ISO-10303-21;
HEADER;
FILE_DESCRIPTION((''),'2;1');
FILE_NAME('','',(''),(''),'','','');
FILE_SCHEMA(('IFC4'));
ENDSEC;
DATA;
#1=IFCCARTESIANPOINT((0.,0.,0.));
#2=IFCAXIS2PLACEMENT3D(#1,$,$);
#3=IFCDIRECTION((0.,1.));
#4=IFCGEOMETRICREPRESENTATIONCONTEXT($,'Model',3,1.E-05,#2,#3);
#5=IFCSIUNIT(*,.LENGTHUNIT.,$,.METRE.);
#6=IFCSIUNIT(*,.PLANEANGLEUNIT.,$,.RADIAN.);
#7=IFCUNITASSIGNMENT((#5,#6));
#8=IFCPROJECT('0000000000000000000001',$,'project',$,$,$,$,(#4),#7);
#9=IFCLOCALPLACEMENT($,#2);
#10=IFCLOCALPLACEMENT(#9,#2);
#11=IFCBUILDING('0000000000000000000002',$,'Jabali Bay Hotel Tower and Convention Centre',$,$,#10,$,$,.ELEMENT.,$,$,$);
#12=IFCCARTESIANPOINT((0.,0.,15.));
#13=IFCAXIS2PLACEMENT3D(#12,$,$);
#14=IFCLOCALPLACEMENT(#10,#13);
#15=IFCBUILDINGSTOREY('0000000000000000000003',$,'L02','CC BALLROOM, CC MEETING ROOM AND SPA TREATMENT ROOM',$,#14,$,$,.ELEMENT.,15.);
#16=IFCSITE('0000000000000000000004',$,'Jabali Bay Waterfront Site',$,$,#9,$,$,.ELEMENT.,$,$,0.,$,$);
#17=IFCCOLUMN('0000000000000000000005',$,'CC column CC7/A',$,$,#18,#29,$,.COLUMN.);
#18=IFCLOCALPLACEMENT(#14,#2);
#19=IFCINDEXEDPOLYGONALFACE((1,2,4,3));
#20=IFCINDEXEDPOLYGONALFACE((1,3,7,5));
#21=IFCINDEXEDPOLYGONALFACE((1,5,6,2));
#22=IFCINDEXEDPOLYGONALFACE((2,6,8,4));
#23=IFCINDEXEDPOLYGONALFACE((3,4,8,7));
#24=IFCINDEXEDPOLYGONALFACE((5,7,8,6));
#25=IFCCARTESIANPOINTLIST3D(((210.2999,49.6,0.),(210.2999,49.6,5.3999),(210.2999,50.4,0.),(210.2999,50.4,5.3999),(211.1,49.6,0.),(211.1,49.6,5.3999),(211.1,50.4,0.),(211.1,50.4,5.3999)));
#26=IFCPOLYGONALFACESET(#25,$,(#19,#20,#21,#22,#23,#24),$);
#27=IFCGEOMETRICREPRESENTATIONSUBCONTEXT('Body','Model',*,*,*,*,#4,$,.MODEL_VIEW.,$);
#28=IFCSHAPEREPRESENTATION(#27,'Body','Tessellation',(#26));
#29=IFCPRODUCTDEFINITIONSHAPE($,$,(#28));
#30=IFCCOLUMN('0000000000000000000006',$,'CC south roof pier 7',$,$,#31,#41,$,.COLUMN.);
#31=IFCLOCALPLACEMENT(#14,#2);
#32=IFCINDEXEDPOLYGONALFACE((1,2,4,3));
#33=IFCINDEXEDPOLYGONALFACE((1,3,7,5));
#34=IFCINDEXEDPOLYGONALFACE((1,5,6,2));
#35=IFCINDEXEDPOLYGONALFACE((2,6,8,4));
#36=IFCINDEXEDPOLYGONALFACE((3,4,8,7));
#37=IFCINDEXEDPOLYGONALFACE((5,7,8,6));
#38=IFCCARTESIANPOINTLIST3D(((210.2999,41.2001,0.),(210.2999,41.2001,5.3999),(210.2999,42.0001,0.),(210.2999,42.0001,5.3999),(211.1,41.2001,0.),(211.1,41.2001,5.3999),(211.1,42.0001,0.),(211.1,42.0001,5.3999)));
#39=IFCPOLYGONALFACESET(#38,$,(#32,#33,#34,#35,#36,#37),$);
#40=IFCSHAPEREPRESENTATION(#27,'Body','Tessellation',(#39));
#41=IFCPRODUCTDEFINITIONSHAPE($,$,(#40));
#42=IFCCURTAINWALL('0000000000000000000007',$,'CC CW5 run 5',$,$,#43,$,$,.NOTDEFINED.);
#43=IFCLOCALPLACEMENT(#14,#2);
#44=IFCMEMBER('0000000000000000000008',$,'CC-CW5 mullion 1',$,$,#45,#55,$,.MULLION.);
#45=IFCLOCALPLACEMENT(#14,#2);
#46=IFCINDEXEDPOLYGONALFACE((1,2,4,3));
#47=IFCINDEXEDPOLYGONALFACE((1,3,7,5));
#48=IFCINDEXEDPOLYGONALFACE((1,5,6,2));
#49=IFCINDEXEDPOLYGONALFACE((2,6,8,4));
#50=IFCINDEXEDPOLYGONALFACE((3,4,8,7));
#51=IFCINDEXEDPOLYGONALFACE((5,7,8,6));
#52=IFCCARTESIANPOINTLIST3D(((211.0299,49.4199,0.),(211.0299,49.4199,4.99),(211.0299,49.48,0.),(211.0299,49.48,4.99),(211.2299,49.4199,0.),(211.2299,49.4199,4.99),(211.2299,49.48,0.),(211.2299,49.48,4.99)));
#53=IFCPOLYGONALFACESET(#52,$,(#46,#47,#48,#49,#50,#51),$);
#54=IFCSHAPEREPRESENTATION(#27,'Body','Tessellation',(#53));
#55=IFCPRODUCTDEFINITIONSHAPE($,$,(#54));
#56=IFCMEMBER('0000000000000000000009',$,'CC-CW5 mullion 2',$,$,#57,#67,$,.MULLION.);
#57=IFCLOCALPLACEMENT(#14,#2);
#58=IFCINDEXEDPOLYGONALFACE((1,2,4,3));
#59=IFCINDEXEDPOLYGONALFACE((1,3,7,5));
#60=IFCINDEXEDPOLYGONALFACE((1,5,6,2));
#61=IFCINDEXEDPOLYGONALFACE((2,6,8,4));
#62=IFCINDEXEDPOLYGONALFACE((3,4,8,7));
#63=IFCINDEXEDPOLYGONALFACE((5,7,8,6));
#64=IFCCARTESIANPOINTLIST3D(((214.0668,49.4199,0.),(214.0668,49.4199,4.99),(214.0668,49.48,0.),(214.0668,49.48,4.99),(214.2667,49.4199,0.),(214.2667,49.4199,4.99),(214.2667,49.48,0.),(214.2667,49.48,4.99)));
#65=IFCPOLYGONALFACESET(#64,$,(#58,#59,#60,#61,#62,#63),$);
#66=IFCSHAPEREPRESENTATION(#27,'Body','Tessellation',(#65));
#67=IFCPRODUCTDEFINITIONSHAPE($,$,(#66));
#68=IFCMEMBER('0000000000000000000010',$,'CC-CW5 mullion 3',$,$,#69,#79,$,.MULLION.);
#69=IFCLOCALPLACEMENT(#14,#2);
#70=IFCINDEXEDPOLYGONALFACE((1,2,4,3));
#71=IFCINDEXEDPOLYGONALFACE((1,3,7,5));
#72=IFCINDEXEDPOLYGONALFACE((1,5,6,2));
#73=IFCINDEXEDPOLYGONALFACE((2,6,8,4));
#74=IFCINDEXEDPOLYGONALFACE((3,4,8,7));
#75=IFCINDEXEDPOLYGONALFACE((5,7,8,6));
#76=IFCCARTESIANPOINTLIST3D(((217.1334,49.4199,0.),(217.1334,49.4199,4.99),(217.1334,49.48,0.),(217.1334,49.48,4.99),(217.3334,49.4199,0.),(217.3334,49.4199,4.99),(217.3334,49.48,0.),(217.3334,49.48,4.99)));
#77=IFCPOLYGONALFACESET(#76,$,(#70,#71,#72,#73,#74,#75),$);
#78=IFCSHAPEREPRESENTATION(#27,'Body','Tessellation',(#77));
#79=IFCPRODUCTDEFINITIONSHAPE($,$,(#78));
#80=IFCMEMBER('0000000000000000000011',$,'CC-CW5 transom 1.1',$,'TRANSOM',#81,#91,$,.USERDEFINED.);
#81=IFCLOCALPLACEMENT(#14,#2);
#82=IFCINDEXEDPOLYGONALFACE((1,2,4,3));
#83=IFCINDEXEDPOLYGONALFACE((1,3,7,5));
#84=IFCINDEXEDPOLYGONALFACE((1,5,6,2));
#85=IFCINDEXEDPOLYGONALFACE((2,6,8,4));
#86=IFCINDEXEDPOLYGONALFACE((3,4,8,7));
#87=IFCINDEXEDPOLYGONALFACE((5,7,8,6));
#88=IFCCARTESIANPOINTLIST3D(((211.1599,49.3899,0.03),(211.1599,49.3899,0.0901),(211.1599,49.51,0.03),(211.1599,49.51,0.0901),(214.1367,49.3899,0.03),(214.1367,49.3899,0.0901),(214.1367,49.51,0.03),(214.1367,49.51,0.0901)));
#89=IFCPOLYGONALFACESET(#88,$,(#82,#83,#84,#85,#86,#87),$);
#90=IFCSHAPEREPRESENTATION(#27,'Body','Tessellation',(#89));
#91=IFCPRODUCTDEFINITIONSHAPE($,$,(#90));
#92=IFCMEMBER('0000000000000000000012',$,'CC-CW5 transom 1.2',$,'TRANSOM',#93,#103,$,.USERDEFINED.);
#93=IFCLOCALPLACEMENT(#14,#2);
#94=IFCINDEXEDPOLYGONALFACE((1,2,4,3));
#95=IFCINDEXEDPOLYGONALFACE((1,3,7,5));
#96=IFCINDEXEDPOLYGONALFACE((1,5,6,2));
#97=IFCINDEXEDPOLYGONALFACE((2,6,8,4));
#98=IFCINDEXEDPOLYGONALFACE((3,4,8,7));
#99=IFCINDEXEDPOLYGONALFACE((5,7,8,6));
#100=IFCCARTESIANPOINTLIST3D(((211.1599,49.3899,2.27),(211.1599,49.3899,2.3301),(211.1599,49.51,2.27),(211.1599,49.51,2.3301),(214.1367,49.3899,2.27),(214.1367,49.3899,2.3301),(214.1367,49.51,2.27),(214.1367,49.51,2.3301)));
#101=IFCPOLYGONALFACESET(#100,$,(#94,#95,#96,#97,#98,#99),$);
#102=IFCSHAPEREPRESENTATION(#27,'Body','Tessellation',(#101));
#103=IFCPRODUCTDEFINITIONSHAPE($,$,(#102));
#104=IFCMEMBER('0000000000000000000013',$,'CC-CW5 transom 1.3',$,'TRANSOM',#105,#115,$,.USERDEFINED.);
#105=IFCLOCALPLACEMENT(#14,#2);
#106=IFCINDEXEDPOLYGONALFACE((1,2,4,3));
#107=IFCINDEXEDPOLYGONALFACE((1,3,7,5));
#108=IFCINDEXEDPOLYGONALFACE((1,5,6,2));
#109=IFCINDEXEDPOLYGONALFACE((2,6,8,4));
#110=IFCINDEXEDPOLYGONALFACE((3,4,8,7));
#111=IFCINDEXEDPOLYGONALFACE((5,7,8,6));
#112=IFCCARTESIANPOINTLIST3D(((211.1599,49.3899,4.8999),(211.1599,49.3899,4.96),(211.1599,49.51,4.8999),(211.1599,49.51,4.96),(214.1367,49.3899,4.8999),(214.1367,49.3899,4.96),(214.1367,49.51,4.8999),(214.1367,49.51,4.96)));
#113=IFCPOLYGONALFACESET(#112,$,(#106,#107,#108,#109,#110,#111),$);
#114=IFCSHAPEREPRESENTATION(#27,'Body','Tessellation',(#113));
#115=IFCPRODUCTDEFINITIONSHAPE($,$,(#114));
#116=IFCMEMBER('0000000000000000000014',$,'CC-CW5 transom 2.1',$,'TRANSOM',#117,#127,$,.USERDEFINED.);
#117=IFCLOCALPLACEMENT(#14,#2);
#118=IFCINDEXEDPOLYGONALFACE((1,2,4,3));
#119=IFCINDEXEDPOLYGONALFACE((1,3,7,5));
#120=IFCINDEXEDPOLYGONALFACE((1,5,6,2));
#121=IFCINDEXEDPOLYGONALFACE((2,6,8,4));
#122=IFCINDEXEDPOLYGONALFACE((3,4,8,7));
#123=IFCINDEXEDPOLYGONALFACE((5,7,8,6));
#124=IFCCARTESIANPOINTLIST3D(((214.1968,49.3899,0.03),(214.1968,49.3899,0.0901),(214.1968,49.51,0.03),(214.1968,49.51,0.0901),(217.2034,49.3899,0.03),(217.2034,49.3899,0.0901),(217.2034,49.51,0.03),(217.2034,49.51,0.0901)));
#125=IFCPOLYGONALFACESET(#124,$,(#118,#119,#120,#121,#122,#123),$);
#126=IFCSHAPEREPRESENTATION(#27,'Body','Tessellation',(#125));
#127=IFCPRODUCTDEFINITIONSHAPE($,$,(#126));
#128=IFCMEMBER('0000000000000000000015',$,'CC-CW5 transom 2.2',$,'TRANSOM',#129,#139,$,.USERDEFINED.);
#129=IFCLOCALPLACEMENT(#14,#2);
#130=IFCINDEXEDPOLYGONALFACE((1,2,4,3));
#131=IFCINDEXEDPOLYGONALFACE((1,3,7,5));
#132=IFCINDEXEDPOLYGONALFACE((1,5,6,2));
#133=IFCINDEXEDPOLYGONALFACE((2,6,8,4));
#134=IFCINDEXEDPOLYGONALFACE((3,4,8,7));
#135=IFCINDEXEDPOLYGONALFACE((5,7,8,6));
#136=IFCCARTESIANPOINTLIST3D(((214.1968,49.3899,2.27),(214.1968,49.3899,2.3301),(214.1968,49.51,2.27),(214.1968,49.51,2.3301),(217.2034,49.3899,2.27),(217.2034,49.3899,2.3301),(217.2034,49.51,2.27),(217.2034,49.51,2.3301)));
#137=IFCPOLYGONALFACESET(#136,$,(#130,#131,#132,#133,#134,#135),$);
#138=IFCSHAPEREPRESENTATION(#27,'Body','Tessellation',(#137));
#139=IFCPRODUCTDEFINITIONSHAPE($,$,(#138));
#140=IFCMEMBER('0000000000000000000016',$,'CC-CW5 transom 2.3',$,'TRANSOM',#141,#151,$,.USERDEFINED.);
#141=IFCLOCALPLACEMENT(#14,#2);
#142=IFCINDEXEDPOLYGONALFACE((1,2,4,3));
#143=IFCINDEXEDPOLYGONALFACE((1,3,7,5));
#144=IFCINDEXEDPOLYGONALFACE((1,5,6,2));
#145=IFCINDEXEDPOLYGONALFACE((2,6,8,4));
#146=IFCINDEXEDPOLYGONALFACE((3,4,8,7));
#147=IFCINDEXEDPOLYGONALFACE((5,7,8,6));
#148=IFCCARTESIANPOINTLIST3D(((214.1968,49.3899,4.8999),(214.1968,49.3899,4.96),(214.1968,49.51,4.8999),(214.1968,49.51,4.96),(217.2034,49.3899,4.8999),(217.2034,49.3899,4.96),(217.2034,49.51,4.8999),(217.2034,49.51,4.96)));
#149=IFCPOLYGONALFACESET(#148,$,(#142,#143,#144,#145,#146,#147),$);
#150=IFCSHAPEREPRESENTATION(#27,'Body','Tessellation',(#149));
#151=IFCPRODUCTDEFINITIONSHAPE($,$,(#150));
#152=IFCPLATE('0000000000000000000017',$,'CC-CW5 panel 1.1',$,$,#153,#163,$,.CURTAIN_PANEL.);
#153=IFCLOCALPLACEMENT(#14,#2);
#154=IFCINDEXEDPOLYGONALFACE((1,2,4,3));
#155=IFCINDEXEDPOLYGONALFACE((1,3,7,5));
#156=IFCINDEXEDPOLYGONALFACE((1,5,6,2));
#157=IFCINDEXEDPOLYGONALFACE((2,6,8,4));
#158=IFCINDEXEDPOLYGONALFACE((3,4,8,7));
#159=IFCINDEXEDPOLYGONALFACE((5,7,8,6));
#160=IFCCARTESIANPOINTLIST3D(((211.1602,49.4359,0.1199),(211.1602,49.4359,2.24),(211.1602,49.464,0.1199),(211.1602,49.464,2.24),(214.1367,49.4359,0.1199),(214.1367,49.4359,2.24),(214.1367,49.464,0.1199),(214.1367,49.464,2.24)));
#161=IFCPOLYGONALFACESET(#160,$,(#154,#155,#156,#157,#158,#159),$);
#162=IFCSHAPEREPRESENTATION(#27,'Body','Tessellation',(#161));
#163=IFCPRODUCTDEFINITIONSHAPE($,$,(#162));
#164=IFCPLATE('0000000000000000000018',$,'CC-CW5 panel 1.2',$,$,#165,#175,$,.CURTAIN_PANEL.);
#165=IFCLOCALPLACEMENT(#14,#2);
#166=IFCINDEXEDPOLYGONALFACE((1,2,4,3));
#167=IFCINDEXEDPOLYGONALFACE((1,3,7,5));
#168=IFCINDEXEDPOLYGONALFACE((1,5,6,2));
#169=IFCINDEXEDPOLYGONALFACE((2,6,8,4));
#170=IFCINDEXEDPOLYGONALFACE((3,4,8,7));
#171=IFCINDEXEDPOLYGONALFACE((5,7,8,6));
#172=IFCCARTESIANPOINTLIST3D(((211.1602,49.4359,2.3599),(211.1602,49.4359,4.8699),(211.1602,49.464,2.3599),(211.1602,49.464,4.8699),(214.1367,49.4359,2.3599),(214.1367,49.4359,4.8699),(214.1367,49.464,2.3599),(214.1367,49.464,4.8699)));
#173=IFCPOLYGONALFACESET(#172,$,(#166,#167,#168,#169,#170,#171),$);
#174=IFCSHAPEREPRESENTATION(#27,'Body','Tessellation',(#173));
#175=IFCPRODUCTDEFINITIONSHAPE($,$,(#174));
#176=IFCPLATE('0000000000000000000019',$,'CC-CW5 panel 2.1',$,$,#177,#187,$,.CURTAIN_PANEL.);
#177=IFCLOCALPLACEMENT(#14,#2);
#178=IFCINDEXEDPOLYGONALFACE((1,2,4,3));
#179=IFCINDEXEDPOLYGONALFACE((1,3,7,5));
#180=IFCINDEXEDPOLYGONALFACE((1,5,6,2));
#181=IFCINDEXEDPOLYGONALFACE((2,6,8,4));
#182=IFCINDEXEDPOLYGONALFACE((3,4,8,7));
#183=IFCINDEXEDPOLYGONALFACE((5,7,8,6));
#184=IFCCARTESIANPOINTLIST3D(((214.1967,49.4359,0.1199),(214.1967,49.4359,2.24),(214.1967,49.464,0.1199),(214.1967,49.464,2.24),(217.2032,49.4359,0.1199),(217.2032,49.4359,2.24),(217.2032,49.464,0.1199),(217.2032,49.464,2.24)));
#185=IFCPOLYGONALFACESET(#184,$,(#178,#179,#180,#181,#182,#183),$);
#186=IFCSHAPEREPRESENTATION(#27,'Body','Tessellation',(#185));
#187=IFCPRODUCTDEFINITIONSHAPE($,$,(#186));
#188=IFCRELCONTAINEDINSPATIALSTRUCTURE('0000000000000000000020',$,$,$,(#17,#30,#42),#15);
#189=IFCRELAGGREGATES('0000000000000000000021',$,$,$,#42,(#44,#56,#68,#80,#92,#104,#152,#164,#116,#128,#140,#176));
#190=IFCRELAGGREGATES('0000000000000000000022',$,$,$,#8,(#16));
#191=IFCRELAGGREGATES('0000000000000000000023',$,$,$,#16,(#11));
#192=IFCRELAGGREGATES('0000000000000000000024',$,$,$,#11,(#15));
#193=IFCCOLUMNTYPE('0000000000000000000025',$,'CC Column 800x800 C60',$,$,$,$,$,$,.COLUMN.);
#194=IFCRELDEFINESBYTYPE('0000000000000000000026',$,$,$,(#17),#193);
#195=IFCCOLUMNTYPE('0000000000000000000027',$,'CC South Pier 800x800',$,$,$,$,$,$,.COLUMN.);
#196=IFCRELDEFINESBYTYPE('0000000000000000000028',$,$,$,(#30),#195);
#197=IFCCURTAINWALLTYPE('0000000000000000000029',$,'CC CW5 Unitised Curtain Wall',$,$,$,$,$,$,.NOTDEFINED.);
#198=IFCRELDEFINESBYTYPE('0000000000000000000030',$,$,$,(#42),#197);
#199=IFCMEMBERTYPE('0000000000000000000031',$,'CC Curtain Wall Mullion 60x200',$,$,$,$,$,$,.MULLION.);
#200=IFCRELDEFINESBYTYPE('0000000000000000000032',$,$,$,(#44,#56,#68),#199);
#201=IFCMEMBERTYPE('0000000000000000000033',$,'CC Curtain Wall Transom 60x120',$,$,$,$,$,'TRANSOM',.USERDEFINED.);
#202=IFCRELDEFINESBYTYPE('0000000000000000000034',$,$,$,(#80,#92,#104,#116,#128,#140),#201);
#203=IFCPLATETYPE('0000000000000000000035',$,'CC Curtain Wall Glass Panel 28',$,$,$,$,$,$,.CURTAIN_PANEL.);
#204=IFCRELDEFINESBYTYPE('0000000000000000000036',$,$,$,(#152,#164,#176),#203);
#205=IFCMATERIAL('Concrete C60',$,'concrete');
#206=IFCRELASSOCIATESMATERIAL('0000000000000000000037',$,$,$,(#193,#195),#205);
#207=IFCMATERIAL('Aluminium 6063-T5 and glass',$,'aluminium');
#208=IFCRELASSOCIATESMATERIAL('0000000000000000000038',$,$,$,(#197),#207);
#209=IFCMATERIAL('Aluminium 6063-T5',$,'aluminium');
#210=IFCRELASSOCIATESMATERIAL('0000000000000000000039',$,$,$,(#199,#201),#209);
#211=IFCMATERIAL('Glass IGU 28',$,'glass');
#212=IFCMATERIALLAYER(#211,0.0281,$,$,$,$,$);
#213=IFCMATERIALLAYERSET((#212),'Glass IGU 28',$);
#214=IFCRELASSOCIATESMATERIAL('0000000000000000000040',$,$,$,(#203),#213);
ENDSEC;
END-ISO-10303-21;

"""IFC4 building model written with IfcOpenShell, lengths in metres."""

from ifc_helpers import new_model, si_unit, direction, frame, origin, origin_2d, place, context, subcontext, project, spatial, rectangle, extrude, material, layer, layer_set, material_profile, profile_set, type_object, element, aggregate, save


model = new_model("IFC4")

# Units and contexts
model_context = context("Model", 3, precision=1e-05, world=origin(), true_north=direction((0.0, 1.0)))
body_context = subcontext(model_context, "Body", "Model", "MODEL_VIEW")
ifc_project = project(units=[si_unit("LENGTHUNIT", "METRE"), si_unit("PLANEANGLEUNIT", "RADIAN")], contexts=[model_context])

# Site, building, storey
site_placement = place(None, origin())
site = spatial("IfcSite", under=ifc_project, at=site_placement, Name="Jabali Bay Waterfront Site", CompositionType="ELEMENT", RefElevation=0.0)
building_placement = place(site_placement, origin())
building = spatial("IfcBuilding", under=site, at=building_placement, Name="Jabali Bay Hotel Tower and Convention Centre", CompositionType="ELEMENT")
storey_placement = place(building_placement, frame((0.0, 0.0, 15.0)))
storey = spatial("IfcBuildingStorey", under=building, at=storey_placement, Name="L02", Description="CC BALLROOM, CC MEETING ROOM AND SPA TREATMENT ROOM", CompositionType="ELEMENT", Elevation=15.0)

# Columns
ifc_material_1 = material(Name="Concrete C60", Category="concrete")
ifc_material_profile_1 = material_profile(ifc_material_1, rectangle(XDim=0.8, YDim=0.8, at=origin_2d()), Name="RC 800x800")
ifc_profile_set_1 = profile_set([ifc_material_profile_1], Name="Concrete C60")
column_type_1 = type_object("IfcColumnType", Name="CC Column 800x800 C60", PredefinedType="COLUMN", material=ifc_profile_set_1)
column_1_placement = place(storey_placement, frame((210.7, 50.0, 0.0), z_axis=(0.0, 0.0, 1.0), x_axis=(1.0, 0.0, 0.0)))
element("IfcColumn", 1, at=column_1_placement, inside=storey, type_object=column_type_1, Name="CC column CC7/A", PredefinedType="COLUMN", context=body_context, shape_type="SweptSolid", body=[
    extrude(rectangle(XDim=0.8, YDim=0.8, at=origin_2d()), origin(), (0.0, 0.0, 1.0), 5.3999),
])
ifc_material_profile_2 = material_profile(ifc_material_1, rectangle(XDim=0.8, YDim=0.8, at=origin_2d()), Name="RC 800x800")
ifc_profile_set_2 = profile_set([ifc_material_profile_2], Name="Concrete C60")
column_type_2 = type_object("IfcColumnType", Name="CC South Pier 800x800", PredefinedType="COLUMN", material=ifc_profile_set_2)
column_2_placement = place(storey_placement, frame((210.7, 41.6001, 0.0), z_axis=(0.0, 0.0, 1.0), x_axis=(1.0, 0.0, 0.0)))
element("IfcColumn", 2, at=column_2_placement, inside=storey, type_object=column_type_2, Name="CC south roof pier 7", PredefinedType="COLUMN", context=body_context, shape_type="SweptSolid", body=[
    extrude(rectangle(XDim=0.8, YDim=0.8, at=origin_2d()), origin(), (0.0, 0.0, 1.0), 5.3999),
])

# Curtain wall, members, plates
ifc_material_2 = material(Name="Aluminium 6063-T5 and glass", Category="aluminium")
curtain_wall_type = type_object("IfcCurtainWallType", Name="CC CW5 Unitised Curtain Wall", PredefinedType="NOTDEFINED", material=ifc_material_2)
curtain_wall_placement = place(storey_placement, origin())
curtain_wall = element("IfcCurtainWall", 3, at=curtain_wall_placement, inside=storey, type_object=curtain_wall_type, Name="CC CW5 run 5", PredefinedType="NOTDEFINED")
ifc_material_3 = material(Name="Aluminium 6063-T5", Category="aluminium")
ifc_material_profile_3 = material_profile(ifc_material_3, rectangle(XDim=0.0601, YDim=0.2, at=origin_2d()), Name="AL 60x200")
ifc_profile_set_3 = profile_set([ifc_material_profile_3], Name="Aluminium 6063-T5")
member_type_1 = type_object("IfcMemberType", Name="CC Curtain Wall Mullion 60x200", PredefinedType="MULLION", material=ifc_profile_set_3)
member_1_placement = place(storey_placement, frame((211.1299, 49.45, 0.0), z_axis=(0.0, 0.0, 1.0), x_axis=(0.0, 1.0, 0.0)))
member_1 = element("IfcMember", 4, at=member_1_placement, type_object=member_type_1, Name="CC-CW5 mullion 1", PredefinedType="MULLION", context=body_context, shape_type="SweptSolid", body=[
    extrude(rectangle(XDim=0.0601, YDim=0.2, at=origin_2d()), origin(), (0.0, 0.0, 1.0), 4.99),
])
member_2_placement = place(storey_placement, frame((214.1667, 49.45, 0.0), z_axis=(0.0, 0.0, 1.0), x_axis=(0.0, 1.0, 0.0)))
member_2 = element("IfcMember", 5, at=member_2_placement, type_object=member_type_1, Name="CC-CW5 mullion 2", PredefinedType="MULLION", context=body_context, shape_type="SweptSolid", body=[
    extrude(rectangle(XDim=0.0601, YDim=0.2, at=origin_2d()), origin(), (0.0, 0.0, 1.0), 4.99),
])
member_3_placement = place(storey_placement, frame((217.2334, 49.45, 0.0), z_axis=(0.0, 0.0, 1.0), x_axis=(0.0, 1.0, 0.0)))
member_3 = element("IfcMember", 6, at=member_3_placement, type_object=member_type_1, Name="CC-CW5 mullion 3", PredefinedType="MULLION", context=body_context, shape_type="SweptSolid", body=[
    extrude(rectangle(XDim=0.0601, YDim=0.2, at=origin_2d()), origin(), (0.0, 0.0, 1.0), 4.99),
])
ifc_material_profile_4 = material_profile(ifc_material_3, rectangle(XDim=0.1201, YDim=0.0601, at=origin_2d()), Name="AL 120x60")
ifc_profile_set_4 = profile_set([ifc_material_profile_4], Name="Aluminium 6063-T5")
member_type_2 = type_object("IfcMemberType", Name="CC Curtain Wall Transom 60x120", ElementType="TRANSOM", PredefinedType="USERDEFINED", material=ifc_profile_set_4)
member_4_placement = place(storey_placement, frame((211.1599, 49.45, 0.0601), z_axis=(1.0, 0.0, 0.0), x_axis=(0.0, 1.0, 0.0)))
member_4 = element("IfcMember", 7, at=member_4_placement, type_object=member_type_2, Name="CC-CW5 transom 1.1", ObjectType="TRANSOM", PredefinedType="USERDEFINED", context=body_context, shape_type="SweptSolid", body=[
    extrude(rectangle(XDim=0.1201, YDim=0.0601, at=origin_2d()), origin(), (0.0, 0.0, 1.0), 2.9768),
])
member_5_placement = place(storey_placement, frame((211.1599, 49.45, 2.3), z_axis=(1.0, 0.0, 0.0), x_axis=(0.0, 1.0, 0.0)))
member_5 = element("IfcMember", 8, at=member_5_placement, type_object=member_type_2, Name="CC-CW5 transom 1.2", ObjectType="TRANSOM", PredefinedType="USERDEFINED", context=body_context, shape_type="SweptSolid", body=[
    extrude(rectangle(XDim=0.1201, YDim=0.0601, at=origin_2d()), origin(), (0.0, 0.0, 1.0), 2.9768),
])
member_6_placement = place(storey_placement, frame((211.1599, 49.45, 4.9299), z_axis=(1.0, 0.0, 0.0), x_axis=(0.0, 1.0, 0.0)))
member_6 = element("IfcMember", 9, at=member_6_placement, type_object=member_type_2, Name="CC-CW5 transom 1.3", ObjectType="TRANSOM", PredefinedType="USERDEFINED", context=body_context, shape_type="SweptSolid", body=[
    extrude(rectangle(XDim=0.1201, YDim=0.0601, at=origin_2d()), origin(), (0.0, 0.0, 1.0), 2.9768),
])
member_7_placement = place(storey_placement, frame((214.1968, 49.45, 0.0601), z_axis=(1.0, 0.0, 0.0), x_axis=(0.0, 1.0, 0.0)))
member_7 = element("IfcMember", 10, at=member_7_placement, type_object=member_type_2, Name="CC-CW5 transom 2.1", ObjectType="TRANSOM", PredefinedType="USERDEFINED", context=body_context, shape_type="SweptSolid", body=[
    extrude(rectangle(XDim=0.1201, YDim=0.0601, at=origin_2d()), origin(), (0.0, 0.0, 1.0), 3.0066),
])
member_8_placement = place(storey_placement, frame((214.1968, 49.45, 2.3), z_axis=(1.0, 0.0, 0.0), x_axis=(0.0, 1.0, 0.0)))
member_8 = element("IfcMember", 11, at=member_8_placement, type_object=member_type_2, Name="CC-CW5 transom 2.2", ObjectType="TRANSOM", PredefinedType="USERDEFINED", context=body_context, shape_type="SweptSolid", body=[
    extrude(rectangle(XDim=0.1201, YDim=0.0601, at=origin_2d()), origin(), (0.0, 0.0, 1.0), 3.0066),
])
member_9_placement = place(storey_placement, frame((214.1968, 49.45, 4.9299), z_axis=(1.0, 0.0, 0.0), x_axis=(0.0, 1.0, 0.0)))
member_9 = element("IfcMember", 12, at=member_9_placement, type_object=member_type_2, Name="CC-CW5 transom 2.3", ObjectType="TRANSOM", PredefinedType="USERDEFINED", context=body_context, shape_type="SweptSolid", body=[
    extrude(rectangle(XDim=0.1201, YDim=0.0601, at=origin_2d()), origin(), (0.0, 0.0, 1.0), 3.0066),
])
ifc_material_4 = material(Name="Glass IGU 28", Category="glass")
ifc_layer_1 = layer(ifc_material_4, 0.0281)
ifc_layer_set_1 = layer_set([ifc_layer_1], Name="Glass IGU 28")
plate_type = type_object("IfcPlateType", Name="CC Curtain Wall Glass Panel 28", PredefinedType="CURTAIN_PANEL", material=ifc_layer_set_1)
plate_1_placement = place(storey_placement, frame((212.6484, 49.45, 0.1199), z_axis=(0.0, 0.0, 1.0), x_axis=(1.0, 0.0, 0.0)))
plate_1 = element("IfcPlate", 13, at=plate_1_placement, type_object=plate_type, Name="CC-CW5 panel 1.1", PredefinedType="CURTAIN_PANEL", context=body_context, shape_type="SweptSolid", body=[
    extrude(rectangle(XDim=2.9766, YDim=0.0281, at=origin_2d()), origin(), (0.0, 0.0, 1.0), 2.1201),
])
plate_2_placement = place(storey_placement, frame((212.6484, 49.45, 2.3599), z_axis=(0.0, 0.0, 1.0), x_axis=(1.0, 0.0, 0.0)))
plate_2 = element("IfcPlate", 14, at=plate_2_placement, type_object=plate_type, Name="CC-CW5 panel 1.2", PredefinedType="CURTAIN_PANEL", context=body_context, shape_type="SweptSolid", body=[
    extrude(rectangle(XDim=2.9766, YDim=0.0281, at=origin_2d()), origin(), (0.0, 0.0, 1.0), 2.51),
])
plate_3_placement = place(storey_placement, frame((215.7, 49.45, 0.1199), z_axis=(0.0, 0.0, 1.0), x_axis=(1.0, 0.0, 0.0)))
plate_3 = element("IfcPlate", 15, at=plate_3_placement, type_object=plate_type, Name="CC-CW5 panel 2.1", PredefinedType="CURTAIN_PANEL", context=body_context, shape_type="SweptSolid", body=[
    extrude(rectangle(XDim=3.0066, YDim=0.0281, at=origin_2d()), origin(), (0.0, 0.0, 1.0), 2.1201),
])
aggregate(curtain_wall, [member_1, member_2, member_3, member_4, member_5, member_6, plate_1, plate_2, member_7, member_8, member_9, plate_3])

save(model, "model.ifc")
